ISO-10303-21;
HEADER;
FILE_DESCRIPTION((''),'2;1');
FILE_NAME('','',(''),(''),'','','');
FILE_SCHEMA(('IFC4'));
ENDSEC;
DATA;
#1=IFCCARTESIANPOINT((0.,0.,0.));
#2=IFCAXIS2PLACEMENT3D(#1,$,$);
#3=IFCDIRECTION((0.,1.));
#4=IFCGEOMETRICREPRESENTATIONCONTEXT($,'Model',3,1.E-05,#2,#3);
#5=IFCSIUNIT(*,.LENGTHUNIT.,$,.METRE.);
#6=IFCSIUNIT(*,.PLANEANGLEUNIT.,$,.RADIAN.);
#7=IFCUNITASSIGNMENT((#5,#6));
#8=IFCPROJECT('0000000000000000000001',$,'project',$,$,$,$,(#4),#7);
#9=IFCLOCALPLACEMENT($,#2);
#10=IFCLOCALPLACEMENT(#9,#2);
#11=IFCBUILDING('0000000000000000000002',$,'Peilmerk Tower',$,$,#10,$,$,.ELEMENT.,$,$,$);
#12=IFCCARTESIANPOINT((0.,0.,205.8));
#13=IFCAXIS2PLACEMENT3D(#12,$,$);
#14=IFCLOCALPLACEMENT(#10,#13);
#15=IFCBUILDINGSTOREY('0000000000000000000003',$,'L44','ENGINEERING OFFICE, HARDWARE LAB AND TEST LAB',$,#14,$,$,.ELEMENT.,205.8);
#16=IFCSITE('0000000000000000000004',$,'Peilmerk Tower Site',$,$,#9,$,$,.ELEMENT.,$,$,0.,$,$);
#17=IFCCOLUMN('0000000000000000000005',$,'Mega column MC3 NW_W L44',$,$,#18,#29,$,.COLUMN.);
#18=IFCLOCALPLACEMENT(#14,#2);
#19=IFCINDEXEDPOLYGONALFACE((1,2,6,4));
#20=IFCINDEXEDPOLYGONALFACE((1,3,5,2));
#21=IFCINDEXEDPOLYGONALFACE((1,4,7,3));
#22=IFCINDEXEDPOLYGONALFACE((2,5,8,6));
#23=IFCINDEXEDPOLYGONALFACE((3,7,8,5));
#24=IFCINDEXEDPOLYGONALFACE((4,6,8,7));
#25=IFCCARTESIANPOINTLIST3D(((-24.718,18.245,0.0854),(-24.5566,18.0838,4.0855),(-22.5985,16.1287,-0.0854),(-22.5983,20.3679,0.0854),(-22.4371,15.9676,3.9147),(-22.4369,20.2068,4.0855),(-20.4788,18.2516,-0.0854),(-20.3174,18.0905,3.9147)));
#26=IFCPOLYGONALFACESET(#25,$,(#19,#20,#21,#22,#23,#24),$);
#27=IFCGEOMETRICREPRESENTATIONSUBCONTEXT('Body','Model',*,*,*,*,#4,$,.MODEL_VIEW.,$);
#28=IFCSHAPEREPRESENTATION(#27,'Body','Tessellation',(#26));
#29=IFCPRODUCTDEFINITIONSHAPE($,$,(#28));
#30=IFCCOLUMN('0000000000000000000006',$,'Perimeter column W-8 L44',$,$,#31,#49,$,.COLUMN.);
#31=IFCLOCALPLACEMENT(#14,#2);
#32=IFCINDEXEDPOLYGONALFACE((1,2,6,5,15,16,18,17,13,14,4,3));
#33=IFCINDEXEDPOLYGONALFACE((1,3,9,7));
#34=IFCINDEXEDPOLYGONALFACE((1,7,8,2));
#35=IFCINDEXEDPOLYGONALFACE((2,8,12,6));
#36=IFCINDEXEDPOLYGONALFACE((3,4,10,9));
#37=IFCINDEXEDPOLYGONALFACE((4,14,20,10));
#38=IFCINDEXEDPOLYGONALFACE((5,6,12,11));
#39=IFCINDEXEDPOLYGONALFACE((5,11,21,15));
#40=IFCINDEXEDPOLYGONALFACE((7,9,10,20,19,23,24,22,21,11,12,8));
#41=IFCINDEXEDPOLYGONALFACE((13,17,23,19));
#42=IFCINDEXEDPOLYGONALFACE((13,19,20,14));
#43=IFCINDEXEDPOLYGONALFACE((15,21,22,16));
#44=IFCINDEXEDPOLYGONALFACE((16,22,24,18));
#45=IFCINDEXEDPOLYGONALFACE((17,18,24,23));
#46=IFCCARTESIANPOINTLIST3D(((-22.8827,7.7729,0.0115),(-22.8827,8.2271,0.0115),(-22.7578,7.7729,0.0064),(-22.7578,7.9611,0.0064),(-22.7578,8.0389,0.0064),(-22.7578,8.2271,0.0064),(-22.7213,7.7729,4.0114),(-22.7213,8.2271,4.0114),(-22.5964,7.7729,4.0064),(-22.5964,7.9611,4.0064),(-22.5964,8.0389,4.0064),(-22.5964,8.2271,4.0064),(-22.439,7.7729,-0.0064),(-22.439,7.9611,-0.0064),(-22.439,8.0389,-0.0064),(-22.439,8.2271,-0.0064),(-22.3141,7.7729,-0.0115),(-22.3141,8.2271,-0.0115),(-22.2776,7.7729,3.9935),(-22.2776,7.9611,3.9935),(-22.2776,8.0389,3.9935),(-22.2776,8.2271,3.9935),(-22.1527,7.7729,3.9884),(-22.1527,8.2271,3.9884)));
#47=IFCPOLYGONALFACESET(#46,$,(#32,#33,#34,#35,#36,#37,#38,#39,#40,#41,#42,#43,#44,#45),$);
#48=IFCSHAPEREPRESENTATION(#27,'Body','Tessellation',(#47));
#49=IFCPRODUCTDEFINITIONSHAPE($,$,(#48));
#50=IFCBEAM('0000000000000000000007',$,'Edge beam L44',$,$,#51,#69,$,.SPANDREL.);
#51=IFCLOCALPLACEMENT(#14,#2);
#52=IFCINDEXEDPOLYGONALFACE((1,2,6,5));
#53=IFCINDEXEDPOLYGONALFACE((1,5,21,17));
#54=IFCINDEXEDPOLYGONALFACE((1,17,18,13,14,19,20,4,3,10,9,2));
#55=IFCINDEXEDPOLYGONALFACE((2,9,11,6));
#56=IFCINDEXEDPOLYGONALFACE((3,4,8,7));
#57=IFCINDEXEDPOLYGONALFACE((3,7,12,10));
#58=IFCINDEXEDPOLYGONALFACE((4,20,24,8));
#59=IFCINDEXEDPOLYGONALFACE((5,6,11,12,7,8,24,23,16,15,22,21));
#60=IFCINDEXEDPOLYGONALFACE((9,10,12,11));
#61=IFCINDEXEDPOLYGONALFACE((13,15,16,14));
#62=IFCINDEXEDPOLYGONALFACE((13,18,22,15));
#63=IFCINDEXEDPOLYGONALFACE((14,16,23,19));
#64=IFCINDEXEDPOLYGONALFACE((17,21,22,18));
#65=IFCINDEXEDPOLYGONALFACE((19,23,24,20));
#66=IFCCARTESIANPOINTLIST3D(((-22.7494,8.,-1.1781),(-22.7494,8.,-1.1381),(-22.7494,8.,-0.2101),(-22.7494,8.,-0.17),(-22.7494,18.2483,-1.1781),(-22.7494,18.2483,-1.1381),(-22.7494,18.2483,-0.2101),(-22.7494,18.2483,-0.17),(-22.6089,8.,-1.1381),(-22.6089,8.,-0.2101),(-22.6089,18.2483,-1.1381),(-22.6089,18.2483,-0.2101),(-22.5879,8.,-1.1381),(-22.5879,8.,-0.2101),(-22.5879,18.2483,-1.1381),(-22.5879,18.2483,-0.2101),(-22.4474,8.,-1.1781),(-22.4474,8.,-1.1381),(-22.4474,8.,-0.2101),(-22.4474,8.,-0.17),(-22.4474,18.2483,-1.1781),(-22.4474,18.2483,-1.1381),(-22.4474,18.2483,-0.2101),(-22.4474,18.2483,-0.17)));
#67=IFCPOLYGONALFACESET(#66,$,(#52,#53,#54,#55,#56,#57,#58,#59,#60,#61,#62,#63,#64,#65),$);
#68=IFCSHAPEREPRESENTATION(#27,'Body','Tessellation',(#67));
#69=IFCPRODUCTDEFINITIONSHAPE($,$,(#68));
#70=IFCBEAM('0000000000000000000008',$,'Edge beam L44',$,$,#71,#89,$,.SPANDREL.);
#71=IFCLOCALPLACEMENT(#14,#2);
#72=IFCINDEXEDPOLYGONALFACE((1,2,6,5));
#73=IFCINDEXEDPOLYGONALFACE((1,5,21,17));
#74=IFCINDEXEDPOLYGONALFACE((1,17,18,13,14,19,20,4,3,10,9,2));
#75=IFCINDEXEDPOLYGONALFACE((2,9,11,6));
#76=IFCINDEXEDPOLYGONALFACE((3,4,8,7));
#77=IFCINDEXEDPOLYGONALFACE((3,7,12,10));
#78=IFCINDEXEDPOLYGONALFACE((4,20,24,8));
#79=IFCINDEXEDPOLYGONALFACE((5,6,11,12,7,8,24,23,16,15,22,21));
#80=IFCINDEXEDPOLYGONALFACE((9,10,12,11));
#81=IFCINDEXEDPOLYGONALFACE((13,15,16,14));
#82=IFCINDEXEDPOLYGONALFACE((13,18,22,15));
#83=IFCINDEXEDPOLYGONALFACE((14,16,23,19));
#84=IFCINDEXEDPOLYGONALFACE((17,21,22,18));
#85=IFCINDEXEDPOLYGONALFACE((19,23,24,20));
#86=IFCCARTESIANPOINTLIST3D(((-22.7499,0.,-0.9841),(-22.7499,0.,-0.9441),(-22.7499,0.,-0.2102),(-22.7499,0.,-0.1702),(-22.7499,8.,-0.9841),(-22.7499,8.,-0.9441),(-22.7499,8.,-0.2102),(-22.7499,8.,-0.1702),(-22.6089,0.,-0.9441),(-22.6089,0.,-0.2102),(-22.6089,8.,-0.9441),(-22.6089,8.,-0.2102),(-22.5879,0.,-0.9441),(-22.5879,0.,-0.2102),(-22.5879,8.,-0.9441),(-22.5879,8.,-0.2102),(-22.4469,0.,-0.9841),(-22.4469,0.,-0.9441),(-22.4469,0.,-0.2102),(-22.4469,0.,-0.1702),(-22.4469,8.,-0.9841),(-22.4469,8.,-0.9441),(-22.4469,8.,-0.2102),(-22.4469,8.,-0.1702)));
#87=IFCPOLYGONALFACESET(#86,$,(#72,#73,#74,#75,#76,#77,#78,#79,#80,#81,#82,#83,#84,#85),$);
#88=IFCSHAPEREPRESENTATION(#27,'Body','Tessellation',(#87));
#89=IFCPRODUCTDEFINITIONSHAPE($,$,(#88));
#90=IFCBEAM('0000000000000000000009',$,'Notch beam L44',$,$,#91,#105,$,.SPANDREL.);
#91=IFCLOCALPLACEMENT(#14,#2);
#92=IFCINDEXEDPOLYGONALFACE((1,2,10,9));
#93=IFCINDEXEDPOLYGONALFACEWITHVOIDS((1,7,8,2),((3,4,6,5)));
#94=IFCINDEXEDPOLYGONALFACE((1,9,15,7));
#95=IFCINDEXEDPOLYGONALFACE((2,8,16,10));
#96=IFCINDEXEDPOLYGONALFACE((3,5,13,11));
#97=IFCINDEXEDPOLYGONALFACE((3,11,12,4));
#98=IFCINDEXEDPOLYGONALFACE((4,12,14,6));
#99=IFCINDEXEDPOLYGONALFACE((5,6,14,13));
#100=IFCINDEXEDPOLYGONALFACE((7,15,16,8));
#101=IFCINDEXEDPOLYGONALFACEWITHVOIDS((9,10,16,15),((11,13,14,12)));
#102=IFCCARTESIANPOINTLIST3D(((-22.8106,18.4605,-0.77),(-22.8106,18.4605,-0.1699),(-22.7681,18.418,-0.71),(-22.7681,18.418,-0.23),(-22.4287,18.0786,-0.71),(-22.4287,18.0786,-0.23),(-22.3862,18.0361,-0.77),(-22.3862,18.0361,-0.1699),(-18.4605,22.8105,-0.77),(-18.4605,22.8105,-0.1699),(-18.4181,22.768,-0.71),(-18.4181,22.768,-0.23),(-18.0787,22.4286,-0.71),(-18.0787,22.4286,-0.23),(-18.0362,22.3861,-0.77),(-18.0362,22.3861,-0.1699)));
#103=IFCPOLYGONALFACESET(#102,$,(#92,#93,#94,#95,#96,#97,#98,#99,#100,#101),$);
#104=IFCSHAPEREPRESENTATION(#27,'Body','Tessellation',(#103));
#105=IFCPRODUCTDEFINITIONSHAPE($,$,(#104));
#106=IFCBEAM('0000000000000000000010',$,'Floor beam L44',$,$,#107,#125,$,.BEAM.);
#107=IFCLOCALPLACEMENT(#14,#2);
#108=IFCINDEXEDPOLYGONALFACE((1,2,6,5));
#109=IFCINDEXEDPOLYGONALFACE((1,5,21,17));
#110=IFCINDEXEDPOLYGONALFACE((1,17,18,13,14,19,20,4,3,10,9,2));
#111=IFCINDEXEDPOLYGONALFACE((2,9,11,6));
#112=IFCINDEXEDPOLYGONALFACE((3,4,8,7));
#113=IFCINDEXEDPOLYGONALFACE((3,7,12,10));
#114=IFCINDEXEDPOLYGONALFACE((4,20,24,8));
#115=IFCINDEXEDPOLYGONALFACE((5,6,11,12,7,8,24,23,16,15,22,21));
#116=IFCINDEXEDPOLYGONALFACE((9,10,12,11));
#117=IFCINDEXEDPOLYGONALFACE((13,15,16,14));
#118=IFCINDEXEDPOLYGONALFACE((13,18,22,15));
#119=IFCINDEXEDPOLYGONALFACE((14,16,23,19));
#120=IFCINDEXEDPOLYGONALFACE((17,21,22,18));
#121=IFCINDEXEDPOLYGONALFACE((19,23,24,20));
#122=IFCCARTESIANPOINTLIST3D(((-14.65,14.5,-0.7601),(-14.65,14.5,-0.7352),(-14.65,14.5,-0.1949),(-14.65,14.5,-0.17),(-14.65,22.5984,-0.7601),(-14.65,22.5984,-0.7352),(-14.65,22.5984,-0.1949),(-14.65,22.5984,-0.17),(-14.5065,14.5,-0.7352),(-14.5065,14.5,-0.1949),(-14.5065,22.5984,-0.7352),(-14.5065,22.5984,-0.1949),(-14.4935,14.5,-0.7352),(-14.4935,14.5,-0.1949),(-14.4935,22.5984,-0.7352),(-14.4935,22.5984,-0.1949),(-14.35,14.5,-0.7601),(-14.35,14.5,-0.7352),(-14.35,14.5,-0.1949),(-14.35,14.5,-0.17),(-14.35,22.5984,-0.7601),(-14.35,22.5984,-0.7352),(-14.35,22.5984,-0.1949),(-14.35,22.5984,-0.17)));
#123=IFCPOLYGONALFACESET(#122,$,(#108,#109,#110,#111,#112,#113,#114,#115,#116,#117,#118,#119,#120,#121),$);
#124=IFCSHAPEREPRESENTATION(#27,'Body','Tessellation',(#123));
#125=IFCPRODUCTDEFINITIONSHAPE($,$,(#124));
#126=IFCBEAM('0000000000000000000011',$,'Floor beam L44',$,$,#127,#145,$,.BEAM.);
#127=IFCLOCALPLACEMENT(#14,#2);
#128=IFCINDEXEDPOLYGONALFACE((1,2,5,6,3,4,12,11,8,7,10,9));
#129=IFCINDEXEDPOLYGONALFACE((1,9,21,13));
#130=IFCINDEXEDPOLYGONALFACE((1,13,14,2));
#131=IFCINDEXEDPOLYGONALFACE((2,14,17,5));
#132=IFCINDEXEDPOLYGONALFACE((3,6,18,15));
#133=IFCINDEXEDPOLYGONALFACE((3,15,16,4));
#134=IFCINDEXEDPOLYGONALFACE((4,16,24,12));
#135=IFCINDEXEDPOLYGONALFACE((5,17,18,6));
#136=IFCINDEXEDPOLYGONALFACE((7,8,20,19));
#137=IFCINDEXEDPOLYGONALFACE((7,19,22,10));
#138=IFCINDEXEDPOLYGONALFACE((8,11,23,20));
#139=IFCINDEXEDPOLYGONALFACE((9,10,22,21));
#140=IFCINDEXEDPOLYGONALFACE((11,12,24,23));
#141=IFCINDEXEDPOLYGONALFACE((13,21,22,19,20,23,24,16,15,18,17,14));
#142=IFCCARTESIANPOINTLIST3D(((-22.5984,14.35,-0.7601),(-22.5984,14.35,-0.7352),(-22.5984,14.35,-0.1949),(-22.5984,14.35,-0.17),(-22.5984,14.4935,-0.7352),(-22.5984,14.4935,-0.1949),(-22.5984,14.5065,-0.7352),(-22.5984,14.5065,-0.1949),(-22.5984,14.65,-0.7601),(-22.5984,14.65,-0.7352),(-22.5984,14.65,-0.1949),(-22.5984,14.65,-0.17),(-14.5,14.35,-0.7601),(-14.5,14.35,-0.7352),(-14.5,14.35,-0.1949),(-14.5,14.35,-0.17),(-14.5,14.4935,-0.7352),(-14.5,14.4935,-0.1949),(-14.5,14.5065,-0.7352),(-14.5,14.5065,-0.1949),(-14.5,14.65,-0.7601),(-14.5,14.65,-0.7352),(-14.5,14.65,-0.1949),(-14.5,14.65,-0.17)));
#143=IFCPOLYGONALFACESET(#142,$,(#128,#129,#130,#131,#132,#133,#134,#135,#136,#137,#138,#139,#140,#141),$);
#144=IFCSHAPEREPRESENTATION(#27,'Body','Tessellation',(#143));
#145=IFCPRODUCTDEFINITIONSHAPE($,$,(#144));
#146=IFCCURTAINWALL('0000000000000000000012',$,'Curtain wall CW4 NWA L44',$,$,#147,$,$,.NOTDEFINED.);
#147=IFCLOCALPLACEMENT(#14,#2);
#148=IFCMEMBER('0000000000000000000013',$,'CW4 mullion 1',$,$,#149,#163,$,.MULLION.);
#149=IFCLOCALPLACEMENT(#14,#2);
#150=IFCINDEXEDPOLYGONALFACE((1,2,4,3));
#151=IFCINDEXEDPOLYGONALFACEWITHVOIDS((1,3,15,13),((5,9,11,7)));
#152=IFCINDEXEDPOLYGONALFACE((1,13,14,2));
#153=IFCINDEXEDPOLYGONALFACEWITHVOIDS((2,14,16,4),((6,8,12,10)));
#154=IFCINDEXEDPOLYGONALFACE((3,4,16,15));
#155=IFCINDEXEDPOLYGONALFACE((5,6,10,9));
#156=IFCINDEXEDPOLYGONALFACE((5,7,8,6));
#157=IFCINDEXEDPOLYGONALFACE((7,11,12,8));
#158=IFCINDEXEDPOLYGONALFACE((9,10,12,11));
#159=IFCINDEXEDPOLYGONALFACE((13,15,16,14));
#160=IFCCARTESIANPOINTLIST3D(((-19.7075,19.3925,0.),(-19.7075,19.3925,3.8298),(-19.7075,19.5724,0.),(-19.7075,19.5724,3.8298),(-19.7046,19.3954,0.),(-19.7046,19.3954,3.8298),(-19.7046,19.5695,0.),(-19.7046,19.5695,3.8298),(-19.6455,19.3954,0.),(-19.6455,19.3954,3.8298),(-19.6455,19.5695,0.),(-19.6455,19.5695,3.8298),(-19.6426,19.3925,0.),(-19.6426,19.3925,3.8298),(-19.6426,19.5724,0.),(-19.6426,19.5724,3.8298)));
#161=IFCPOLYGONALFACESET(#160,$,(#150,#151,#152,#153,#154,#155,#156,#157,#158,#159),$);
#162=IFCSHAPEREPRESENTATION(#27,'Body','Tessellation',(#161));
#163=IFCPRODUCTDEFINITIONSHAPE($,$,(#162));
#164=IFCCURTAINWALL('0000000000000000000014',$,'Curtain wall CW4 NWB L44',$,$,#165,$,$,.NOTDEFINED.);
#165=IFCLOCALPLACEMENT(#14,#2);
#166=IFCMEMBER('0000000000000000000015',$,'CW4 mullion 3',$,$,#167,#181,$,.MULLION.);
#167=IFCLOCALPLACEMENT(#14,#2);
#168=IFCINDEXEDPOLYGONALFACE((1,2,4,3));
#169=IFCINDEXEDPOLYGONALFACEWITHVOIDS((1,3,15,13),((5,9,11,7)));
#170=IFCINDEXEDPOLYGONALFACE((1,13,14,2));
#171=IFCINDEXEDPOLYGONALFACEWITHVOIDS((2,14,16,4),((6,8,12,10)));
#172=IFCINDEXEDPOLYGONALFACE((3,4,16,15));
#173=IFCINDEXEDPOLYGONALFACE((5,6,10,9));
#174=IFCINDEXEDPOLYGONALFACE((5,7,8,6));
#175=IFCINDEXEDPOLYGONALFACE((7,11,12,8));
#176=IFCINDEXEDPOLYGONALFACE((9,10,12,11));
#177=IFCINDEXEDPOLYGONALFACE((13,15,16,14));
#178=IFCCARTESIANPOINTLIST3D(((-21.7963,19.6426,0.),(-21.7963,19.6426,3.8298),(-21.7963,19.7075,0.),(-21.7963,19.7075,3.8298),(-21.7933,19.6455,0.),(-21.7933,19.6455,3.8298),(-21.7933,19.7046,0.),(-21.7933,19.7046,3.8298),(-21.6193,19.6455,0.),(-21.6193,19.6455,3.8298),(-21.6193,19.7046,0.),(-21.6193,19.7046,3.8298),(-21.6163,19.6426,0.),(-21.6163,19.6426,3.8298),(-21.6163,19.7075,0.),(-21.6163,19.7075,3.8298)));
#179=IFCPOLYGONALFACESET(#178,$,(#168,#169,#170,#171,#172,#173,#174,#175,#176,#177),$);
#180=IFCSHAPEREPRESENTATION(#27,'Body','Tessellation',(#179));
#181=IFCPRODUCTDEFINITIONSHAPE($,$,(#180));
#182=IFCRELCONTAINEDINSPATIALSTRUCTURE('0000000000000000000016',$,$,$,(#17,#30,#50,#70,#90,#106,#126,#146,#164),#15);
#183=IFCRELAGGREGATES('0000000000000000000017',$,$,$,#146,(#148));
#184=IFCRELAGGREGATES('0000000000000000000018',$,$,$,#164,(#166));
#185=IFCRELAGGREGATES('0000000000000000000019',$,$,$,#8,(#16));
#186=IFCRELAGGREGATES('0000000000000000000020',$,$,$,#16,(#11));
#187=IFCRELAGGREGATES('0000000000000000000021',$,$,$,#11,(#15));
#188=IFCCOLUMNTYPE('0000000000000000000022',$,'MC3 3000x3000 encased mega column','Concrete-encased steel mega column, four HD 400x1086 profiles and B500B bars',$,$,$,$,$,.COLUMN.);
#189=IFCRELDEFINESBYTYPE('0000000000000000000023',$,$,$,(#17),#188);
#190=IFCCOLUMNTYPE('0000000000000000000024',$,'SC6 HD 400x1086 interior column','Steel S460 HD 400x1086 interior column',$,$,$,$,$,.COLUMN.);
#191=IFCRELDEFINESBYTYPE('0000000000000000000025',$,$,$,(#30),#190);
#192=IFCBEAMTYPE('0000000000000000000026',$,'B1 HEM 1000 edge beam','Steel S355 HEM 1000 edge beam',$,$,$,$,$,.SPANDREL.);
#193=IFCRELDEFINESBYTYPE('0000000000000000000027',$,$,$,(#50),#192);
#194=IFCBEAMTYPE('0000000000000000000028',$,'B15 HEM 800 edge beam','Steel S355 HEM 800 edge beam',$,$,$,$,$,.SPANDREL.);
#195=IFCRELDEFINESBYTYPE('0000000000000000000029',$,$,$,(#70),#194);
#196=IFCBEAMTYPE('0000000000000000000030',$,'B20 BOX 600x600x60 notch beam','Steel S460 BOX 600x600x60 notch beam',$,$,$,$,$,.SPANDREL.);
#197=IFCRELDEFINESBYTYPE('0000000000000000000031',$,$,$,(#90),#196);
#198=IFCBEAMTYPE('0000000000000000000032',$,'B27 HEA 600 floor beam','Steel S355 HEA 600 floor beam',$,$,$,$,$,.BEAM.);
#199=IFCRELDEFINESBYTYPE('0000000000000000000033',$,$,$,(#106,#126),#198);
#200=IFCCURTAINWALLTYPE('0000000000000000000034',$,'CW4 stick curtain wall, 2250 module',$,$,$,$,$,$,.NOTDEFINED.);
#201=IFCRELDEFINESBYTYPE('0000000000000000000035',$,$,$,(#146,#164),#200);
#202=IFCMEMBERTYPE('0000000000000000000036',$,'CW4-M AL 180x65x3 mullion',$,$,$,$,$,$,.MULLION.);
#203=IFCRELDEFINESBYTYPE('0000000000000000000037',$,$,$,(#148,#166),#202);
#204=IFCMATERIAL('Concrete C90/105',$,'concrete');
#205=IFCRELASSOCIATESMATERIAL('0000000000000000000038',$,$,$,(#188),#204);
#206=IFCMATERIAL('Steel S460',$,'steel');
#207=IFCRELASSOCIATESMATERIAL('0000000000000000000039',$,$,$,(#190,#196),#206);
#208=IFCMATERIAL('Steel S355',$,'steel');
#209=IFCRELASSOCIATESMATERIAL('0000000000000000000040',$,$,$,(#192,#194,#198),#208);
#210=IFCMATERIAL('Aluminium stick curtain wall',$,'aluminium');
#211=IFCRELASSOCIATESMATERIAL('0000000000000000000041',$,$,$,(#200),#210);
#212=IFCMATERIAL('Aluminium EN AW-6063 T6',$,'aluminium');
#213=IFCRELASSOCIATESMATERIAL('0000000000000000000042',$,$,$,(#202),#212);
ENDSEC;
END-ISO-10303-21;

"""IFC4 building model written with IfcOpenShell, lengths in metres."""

from ifc_helpers import new_model, si_unit, direction, frame, origin, origin_2d, place, context, subcontext, project, spatial, rectangle, hollow_rectangle, i_section, extrude, material, material_profile, profile_set, type_object, element, aggregate, save


model = new_model("IFC4")

# Units and contexts
model_context = context("Model", 3, precision=1e-05, world=origin(), true_north=direction((0.0, 1.0)))
body_context = subcontext(model_context, "Body", "Model", "MODEL_VIEW")
ifc_project = project(units=[si_unit("LENGTHUNIT", "METRE"), si_unit("PLANEANGLEUNIT", "RADIAN")], contexts=[model_context])

# Site, building, storey
site_placement = place(None, origin())
site = spatial("IfcSite", under=ifc_project, at=site_placement, Name="Peilmerk Tower Site", CompositionType="ELEMENT", RefElevation=0.0)
building_placement = place(site_placement, origin())
building = spatial("IfcBuilding", under=site, at=building_placement, Name="Peilmerk Tower", CompositionType="ELEMENT")
storey_placement = place(building_placement, frame((0.0, 0.0, 205.8)))
storey = spatial("IfcBuildingStorey", under=building, at=storey_placement, Name="L44", Description="ENGINEERING OFFICE, HARDWARE LAB AND TEST LAB", CompositionType="ELEMENT", Elevation=205.8)

# Columns
ifc_material_1 = material(Name="Concrete C90/105", Category="concrete")
ifc_material_profile_1 = material_profile(ifc_material_1, rectangle(XDim=3.0, YDim=3.0, at=origin_2d()), Name="RC 3000x3000")
ifc_profile_set_1 = profile_set([ifc_material_profile_1], Name="Concrete C90/105")
column_type_1 = type_object("IfcColumnType", Name="MC3 3000x3000 encased mega column", Description="Concrete-encased steel mega column, four HD 400x1086 profiles and B500B bars", PredefinedType="COLUMN", material=ifc_profile_set_1)
column_1_placement = place(storey_placement, frame((-22.5984, 18.2483, 0.0), z_axis=(0.040279, -0.040218, 0.998379), x_axis=(0.706571, 0.707642, 0.0)))
element("IfcColumn", 1, at=column_1_placement, inside=storey, type_object=column_type_1, Name="Mega column MC3 NW_W L44", PredefinedType="COLUMN", context=body_context, shape_type="SweptSolid", body=[
    extrude(rectangle(XDim=3.0, YDim=3.0, at=origin_2d()), origin(), (0.0, 0.0, 1.0), 4.0066),
])
ifc_material_2 = material(Name="Steel S460", Category="steel")
ifc_material_profile_2 = material_profile(ifc_material_2, i_section(OverallWidth=0.4541, OverallDepth=0.5691, WebThickness=0.0779, FlangeThickness=0.125, at=origin_2d()), Name="HD 400x1086")
ifc_profile_set_2 = profile_set([ifc_material_profile_2], Name="Steel S460")
column_type_2 = type_object("IfcColumnType", Name="SC6 HD 400x1086 interior column", Description="Steel S460 HD 400x1086 interior column", PredefinedType="COLUMN", material=ifc_profile_set_2)
column_2_placement = place(storey_placement, frame((-22.5984, 8.0, 0.0), z_axis=(0.040311, 0.0, 0.999187), x_axis=(0.0, 1.0, 0.0)))
element("IfcColumn", 2, at=column_2_placement, inside=storey, type_object=column_type_2, Name="Perimeter column W-8 L44", PredefinedType="COLUMN", context=body_context, shape_type="SweptSolid", body=[
    extrude(i_section(OverallWidth=0.4541, OverallDepth=0.5691, WebThickness=0.0779, FlangeThickness=0.125, at=origin_2d()), origin(), (0.0, 0.0, 1.0), 4.0032),
])

# Beams
ifc_material_3 = material(Name="Steel S355", Category="steel")
ifc_material_profile_3 = material_profile(ifc_material_3, i_section(OverallWidth=0.302, OverallDepth=1.0081, WebThickness=0.021, FlangeThickness=0.04, at=origin_2d()), Name="HEM 1000")
ifc_profile_set_3 = profile_set([ifc_material_profile_3], Name="Steel S355")
beam_type_1 = type_object("IfcBeamType", Name="B1 HEM 1000 edge beam", Description="Steel S355 HEM 1000 edge beam", PredefinedType="SPANDREL", material=ifc_profile_set_3)
beam_1_placement = place(storey_placement, frame((-22.5984, 18.2483, -0.6741), z_axis=(0.0, -1.0, 0.0), x_axis=(1.0, 0.0, 0.0)))
element("IfcBeam", 3, at=beam_1_placement, inside=storey, type_object=beam_type_1, Name="Edge beam L44", PredefinedType="SPANDREL", context=body_context, shape_type="SweptSolid", body=[
    extrude(i_section(OverallWidth=0.302, OverallDepth=1.0081, WebThickness=0.021, FlangeThickness=0.04, at=origin_2d()), origin(), (0.0, 0.0, 1.0), 10.2483),
])
ifc_material_profile_4 = material_profile(ifc_material_3, i_section(OverallWidth=0.303, OverallDepth=0.814, WebThickness=0.021, FlangeThickness=0.04, at=origin_2d()), Name="HEM 800")
ifc_profile_set_4 = profile_set([ifc_material_profile_4], Name="Steel S355")
beam_type_2 = type_object("IfcBeamType", Name="B15 HEM 800 edge beam", Description="Steel S355 HEM 800 edge beam", PredefinedType="SPANDREL", material=ifc_profile_set_4)
beam_2_placement = place(storey_placement, frame((-22.5984, 8.0, -0.5771), z_axis=(0.0, -1.0, 0.0), x_axis=(1.0, 0.0, 0.0)))
element("IfcBeam", 4, at=beam_2_placement, inside=storey, type_object=beam_type_2, Name="Edge beam L44", PredefinedType="SPANDREL", context=body_context, shape_type="SweptSolid", body=[
    extrude(i_section(OverallWidth=0.303, OverallDepth=0.814, WebThickness=0.021, FlangeThickness=0.04, at=origin_2d()), origin(), (0.0, 0.0, 1.0), 8.0),
])
ifc_material_profile_5 = material_profile(ifc_material_2, hollow_rectangle(XDim=0.6001, YDim=0.6001, WallThickness=0.0601, at=origin_2d()), Name="BOX 600x600x60")
ifc_profile_set_5 = profile_set([ifc_material_profile_5], Name="Steel S460")
beam_type_3 = type_object("IfcBeamType", Name="B20 BOX 600x600x60 notch beam", Description="Steel S460 BOX 600x600x60 notch beam", PredefinedType="SPANDREL", material=ifc_profile_set_5)
beam_3_placement = place(storey_placement, frame((-22.5984, 18.2483, -0.47), z_axis=(0.707107, 0.707107, 0.0), x_axis=(-0.707107, 0.707107, 0.0)))
element("IfcBeam", 5, at=beam_3_placement, inside=storey, type_object=beam_type_3, Name="Notch beam L44", PredefinedType="SPANDREL", context=body_context, shape_type="SweptSolid", body=[
    extrude(hollow_rectangle(XDim=0.6001, YDim=0.6001, WallThickness=0.0601, at=origin_2d()), origin(), (0.0, 0.0, 1.0), 6.1519),
])
ifc_material_profile_6 = material_profile(ifc_material_3, i_section(OverallWidth=0.3, OverallDepth=0.5901, WebThickness=0.0129, FlangeThickness=0.0249, at=origin_2d()), Name="HEA 600")
ifc_profile_set_6 = profile_set([ifc_material_profile_6], Name="Steel S355")
beam_type_4 = type_object("IfcBeamType", Name="B27 HEA 600 floor beam", Description="Steel S355 HEA 600 floor beam", PredefinedType="BEAM", material=ifc_profile_set_6)
for number, where, z_axis, x_axis, name in (
    (6, (-14.5, 14.5, -0.4651), (0.0, 1.0, 0.0), (-1.0, 0.0, 0.0), "Floor beam L44"),
    (7, (-14.5, 14.5, -0.4651), (-1.0, 0.0, 0.0), (0.0, -1.0, 0.0), "Floor beam L44"),
):
    element("IfcBeam", number, at=place(storey_placement, frame(where, z_axis=z_axis, x_axis=x_axis)), inside=storey, type_object=beam_type_4, Name=name, PredefinedType="BEAM", context=body_context, shape_type="SweptSolid", body=[
        extrude(i_section(OverallWidth=0.3, OverallDepth=0.5901, WebThickness=0.0129, FlangeThickness=0.0249, at=origin_2d()), origin(), (0.0, 0.0, 1.0), 8.0984),
    ])

# Curtain walls, members
ifc_material_4 = material(Name="Aluminium stick curtain wall", Category="aluminium")
curtain_wall_type = type_object("IfcCurtainWallType", Name="CW4 stick curtain wall, 2250 module", PredefinedType="NOTDEFINED", material=ifc_material_4)
curtain_wall_1_placement = place(storey_placement, origin())
curtain_wall_1 = element("IfcCurtainWall", 8, at=curtain_wall_1_placement, inside=storey, type_object=curtain_wall_type, Name="Curtain wall CW4 NWA L44", PredefinedType="NOTDEFINED")
ifc_material_5 = material(Name="Aluminium EN AW-6063 T6", Category="aluminium")
ifc_material_profile_7 = material_profile(ifc_material_5, hollow_rectangle(XDim=0.0649, YDim=0.1799, WallThickness=0.0029, at=origin_2d()), Name="AL 180x65x3")
ifc_profile_set_7 = profile_set([ifc_material_profile_7], Name="Aluminium EN AW-6063 T6")
member_type_1 = type_object("IfcMemberType", Name="CW4-M AL 180x65x3 mullion", PredefinedType="MULLION", material=ifc_profile_set_7)
member_1_placement = place(storey_placement, frame((-19.675, 19.4824, 0.0), z_axis=(0.0, 0.0, 1.0), x_axis=(-1.0, 0.0, 0.0)))
member_1 = element("IfcMember", 9, at=member_1_placement, type_object=member_type_1, Name="CW4 mullion 1", PredefinedType="MULLION", context=body_context, shape_type="SweptSolid", body=[
    extrude(hollow_rectangle(XDim=0.0649, YDim=0.1799, WallThickness=0.0029, at=origin_2d()), origin(), (0.0, 0.0, 1.0), 3.8298),
])
curtain_wall_2_placement = place(storey_placement, origin())
curtain_wall_2 = element("IfcCurtainWall", 10, at=curtain_wall_2_placement, inside=storey, type_object=curtain_wall_type, Name="Curtain wall CW4 NWB L44", PredefinedType="NOTDEFINED")
member_2_placement = place(storey_placement, frame((-21.7063, 19.675, 0.0), z_axis=(0.0, 0.0, 1.0), x_axis=(0.0, -1.0, 0.0)))
member_2 = element("IfcMember", 11, at=member_2_placement, type_object=member_type_1, Name="CW4 mullion 3", PredefinedType="MULLION", context=body_context, shape_type="SweptSolid", body=[
    extrude(hollow_rectangle(XDim=0.0649, YDim=0.1799, WallThickness=0.0029, at=origin_2d()), origin(), (0.0, 0.0, 1.0), 3.8298),
])

aggregate(curtain_wall_1, [member_1])

aggregate(curtain_wall_2, [member_2])

save(model, "model.ifc")
